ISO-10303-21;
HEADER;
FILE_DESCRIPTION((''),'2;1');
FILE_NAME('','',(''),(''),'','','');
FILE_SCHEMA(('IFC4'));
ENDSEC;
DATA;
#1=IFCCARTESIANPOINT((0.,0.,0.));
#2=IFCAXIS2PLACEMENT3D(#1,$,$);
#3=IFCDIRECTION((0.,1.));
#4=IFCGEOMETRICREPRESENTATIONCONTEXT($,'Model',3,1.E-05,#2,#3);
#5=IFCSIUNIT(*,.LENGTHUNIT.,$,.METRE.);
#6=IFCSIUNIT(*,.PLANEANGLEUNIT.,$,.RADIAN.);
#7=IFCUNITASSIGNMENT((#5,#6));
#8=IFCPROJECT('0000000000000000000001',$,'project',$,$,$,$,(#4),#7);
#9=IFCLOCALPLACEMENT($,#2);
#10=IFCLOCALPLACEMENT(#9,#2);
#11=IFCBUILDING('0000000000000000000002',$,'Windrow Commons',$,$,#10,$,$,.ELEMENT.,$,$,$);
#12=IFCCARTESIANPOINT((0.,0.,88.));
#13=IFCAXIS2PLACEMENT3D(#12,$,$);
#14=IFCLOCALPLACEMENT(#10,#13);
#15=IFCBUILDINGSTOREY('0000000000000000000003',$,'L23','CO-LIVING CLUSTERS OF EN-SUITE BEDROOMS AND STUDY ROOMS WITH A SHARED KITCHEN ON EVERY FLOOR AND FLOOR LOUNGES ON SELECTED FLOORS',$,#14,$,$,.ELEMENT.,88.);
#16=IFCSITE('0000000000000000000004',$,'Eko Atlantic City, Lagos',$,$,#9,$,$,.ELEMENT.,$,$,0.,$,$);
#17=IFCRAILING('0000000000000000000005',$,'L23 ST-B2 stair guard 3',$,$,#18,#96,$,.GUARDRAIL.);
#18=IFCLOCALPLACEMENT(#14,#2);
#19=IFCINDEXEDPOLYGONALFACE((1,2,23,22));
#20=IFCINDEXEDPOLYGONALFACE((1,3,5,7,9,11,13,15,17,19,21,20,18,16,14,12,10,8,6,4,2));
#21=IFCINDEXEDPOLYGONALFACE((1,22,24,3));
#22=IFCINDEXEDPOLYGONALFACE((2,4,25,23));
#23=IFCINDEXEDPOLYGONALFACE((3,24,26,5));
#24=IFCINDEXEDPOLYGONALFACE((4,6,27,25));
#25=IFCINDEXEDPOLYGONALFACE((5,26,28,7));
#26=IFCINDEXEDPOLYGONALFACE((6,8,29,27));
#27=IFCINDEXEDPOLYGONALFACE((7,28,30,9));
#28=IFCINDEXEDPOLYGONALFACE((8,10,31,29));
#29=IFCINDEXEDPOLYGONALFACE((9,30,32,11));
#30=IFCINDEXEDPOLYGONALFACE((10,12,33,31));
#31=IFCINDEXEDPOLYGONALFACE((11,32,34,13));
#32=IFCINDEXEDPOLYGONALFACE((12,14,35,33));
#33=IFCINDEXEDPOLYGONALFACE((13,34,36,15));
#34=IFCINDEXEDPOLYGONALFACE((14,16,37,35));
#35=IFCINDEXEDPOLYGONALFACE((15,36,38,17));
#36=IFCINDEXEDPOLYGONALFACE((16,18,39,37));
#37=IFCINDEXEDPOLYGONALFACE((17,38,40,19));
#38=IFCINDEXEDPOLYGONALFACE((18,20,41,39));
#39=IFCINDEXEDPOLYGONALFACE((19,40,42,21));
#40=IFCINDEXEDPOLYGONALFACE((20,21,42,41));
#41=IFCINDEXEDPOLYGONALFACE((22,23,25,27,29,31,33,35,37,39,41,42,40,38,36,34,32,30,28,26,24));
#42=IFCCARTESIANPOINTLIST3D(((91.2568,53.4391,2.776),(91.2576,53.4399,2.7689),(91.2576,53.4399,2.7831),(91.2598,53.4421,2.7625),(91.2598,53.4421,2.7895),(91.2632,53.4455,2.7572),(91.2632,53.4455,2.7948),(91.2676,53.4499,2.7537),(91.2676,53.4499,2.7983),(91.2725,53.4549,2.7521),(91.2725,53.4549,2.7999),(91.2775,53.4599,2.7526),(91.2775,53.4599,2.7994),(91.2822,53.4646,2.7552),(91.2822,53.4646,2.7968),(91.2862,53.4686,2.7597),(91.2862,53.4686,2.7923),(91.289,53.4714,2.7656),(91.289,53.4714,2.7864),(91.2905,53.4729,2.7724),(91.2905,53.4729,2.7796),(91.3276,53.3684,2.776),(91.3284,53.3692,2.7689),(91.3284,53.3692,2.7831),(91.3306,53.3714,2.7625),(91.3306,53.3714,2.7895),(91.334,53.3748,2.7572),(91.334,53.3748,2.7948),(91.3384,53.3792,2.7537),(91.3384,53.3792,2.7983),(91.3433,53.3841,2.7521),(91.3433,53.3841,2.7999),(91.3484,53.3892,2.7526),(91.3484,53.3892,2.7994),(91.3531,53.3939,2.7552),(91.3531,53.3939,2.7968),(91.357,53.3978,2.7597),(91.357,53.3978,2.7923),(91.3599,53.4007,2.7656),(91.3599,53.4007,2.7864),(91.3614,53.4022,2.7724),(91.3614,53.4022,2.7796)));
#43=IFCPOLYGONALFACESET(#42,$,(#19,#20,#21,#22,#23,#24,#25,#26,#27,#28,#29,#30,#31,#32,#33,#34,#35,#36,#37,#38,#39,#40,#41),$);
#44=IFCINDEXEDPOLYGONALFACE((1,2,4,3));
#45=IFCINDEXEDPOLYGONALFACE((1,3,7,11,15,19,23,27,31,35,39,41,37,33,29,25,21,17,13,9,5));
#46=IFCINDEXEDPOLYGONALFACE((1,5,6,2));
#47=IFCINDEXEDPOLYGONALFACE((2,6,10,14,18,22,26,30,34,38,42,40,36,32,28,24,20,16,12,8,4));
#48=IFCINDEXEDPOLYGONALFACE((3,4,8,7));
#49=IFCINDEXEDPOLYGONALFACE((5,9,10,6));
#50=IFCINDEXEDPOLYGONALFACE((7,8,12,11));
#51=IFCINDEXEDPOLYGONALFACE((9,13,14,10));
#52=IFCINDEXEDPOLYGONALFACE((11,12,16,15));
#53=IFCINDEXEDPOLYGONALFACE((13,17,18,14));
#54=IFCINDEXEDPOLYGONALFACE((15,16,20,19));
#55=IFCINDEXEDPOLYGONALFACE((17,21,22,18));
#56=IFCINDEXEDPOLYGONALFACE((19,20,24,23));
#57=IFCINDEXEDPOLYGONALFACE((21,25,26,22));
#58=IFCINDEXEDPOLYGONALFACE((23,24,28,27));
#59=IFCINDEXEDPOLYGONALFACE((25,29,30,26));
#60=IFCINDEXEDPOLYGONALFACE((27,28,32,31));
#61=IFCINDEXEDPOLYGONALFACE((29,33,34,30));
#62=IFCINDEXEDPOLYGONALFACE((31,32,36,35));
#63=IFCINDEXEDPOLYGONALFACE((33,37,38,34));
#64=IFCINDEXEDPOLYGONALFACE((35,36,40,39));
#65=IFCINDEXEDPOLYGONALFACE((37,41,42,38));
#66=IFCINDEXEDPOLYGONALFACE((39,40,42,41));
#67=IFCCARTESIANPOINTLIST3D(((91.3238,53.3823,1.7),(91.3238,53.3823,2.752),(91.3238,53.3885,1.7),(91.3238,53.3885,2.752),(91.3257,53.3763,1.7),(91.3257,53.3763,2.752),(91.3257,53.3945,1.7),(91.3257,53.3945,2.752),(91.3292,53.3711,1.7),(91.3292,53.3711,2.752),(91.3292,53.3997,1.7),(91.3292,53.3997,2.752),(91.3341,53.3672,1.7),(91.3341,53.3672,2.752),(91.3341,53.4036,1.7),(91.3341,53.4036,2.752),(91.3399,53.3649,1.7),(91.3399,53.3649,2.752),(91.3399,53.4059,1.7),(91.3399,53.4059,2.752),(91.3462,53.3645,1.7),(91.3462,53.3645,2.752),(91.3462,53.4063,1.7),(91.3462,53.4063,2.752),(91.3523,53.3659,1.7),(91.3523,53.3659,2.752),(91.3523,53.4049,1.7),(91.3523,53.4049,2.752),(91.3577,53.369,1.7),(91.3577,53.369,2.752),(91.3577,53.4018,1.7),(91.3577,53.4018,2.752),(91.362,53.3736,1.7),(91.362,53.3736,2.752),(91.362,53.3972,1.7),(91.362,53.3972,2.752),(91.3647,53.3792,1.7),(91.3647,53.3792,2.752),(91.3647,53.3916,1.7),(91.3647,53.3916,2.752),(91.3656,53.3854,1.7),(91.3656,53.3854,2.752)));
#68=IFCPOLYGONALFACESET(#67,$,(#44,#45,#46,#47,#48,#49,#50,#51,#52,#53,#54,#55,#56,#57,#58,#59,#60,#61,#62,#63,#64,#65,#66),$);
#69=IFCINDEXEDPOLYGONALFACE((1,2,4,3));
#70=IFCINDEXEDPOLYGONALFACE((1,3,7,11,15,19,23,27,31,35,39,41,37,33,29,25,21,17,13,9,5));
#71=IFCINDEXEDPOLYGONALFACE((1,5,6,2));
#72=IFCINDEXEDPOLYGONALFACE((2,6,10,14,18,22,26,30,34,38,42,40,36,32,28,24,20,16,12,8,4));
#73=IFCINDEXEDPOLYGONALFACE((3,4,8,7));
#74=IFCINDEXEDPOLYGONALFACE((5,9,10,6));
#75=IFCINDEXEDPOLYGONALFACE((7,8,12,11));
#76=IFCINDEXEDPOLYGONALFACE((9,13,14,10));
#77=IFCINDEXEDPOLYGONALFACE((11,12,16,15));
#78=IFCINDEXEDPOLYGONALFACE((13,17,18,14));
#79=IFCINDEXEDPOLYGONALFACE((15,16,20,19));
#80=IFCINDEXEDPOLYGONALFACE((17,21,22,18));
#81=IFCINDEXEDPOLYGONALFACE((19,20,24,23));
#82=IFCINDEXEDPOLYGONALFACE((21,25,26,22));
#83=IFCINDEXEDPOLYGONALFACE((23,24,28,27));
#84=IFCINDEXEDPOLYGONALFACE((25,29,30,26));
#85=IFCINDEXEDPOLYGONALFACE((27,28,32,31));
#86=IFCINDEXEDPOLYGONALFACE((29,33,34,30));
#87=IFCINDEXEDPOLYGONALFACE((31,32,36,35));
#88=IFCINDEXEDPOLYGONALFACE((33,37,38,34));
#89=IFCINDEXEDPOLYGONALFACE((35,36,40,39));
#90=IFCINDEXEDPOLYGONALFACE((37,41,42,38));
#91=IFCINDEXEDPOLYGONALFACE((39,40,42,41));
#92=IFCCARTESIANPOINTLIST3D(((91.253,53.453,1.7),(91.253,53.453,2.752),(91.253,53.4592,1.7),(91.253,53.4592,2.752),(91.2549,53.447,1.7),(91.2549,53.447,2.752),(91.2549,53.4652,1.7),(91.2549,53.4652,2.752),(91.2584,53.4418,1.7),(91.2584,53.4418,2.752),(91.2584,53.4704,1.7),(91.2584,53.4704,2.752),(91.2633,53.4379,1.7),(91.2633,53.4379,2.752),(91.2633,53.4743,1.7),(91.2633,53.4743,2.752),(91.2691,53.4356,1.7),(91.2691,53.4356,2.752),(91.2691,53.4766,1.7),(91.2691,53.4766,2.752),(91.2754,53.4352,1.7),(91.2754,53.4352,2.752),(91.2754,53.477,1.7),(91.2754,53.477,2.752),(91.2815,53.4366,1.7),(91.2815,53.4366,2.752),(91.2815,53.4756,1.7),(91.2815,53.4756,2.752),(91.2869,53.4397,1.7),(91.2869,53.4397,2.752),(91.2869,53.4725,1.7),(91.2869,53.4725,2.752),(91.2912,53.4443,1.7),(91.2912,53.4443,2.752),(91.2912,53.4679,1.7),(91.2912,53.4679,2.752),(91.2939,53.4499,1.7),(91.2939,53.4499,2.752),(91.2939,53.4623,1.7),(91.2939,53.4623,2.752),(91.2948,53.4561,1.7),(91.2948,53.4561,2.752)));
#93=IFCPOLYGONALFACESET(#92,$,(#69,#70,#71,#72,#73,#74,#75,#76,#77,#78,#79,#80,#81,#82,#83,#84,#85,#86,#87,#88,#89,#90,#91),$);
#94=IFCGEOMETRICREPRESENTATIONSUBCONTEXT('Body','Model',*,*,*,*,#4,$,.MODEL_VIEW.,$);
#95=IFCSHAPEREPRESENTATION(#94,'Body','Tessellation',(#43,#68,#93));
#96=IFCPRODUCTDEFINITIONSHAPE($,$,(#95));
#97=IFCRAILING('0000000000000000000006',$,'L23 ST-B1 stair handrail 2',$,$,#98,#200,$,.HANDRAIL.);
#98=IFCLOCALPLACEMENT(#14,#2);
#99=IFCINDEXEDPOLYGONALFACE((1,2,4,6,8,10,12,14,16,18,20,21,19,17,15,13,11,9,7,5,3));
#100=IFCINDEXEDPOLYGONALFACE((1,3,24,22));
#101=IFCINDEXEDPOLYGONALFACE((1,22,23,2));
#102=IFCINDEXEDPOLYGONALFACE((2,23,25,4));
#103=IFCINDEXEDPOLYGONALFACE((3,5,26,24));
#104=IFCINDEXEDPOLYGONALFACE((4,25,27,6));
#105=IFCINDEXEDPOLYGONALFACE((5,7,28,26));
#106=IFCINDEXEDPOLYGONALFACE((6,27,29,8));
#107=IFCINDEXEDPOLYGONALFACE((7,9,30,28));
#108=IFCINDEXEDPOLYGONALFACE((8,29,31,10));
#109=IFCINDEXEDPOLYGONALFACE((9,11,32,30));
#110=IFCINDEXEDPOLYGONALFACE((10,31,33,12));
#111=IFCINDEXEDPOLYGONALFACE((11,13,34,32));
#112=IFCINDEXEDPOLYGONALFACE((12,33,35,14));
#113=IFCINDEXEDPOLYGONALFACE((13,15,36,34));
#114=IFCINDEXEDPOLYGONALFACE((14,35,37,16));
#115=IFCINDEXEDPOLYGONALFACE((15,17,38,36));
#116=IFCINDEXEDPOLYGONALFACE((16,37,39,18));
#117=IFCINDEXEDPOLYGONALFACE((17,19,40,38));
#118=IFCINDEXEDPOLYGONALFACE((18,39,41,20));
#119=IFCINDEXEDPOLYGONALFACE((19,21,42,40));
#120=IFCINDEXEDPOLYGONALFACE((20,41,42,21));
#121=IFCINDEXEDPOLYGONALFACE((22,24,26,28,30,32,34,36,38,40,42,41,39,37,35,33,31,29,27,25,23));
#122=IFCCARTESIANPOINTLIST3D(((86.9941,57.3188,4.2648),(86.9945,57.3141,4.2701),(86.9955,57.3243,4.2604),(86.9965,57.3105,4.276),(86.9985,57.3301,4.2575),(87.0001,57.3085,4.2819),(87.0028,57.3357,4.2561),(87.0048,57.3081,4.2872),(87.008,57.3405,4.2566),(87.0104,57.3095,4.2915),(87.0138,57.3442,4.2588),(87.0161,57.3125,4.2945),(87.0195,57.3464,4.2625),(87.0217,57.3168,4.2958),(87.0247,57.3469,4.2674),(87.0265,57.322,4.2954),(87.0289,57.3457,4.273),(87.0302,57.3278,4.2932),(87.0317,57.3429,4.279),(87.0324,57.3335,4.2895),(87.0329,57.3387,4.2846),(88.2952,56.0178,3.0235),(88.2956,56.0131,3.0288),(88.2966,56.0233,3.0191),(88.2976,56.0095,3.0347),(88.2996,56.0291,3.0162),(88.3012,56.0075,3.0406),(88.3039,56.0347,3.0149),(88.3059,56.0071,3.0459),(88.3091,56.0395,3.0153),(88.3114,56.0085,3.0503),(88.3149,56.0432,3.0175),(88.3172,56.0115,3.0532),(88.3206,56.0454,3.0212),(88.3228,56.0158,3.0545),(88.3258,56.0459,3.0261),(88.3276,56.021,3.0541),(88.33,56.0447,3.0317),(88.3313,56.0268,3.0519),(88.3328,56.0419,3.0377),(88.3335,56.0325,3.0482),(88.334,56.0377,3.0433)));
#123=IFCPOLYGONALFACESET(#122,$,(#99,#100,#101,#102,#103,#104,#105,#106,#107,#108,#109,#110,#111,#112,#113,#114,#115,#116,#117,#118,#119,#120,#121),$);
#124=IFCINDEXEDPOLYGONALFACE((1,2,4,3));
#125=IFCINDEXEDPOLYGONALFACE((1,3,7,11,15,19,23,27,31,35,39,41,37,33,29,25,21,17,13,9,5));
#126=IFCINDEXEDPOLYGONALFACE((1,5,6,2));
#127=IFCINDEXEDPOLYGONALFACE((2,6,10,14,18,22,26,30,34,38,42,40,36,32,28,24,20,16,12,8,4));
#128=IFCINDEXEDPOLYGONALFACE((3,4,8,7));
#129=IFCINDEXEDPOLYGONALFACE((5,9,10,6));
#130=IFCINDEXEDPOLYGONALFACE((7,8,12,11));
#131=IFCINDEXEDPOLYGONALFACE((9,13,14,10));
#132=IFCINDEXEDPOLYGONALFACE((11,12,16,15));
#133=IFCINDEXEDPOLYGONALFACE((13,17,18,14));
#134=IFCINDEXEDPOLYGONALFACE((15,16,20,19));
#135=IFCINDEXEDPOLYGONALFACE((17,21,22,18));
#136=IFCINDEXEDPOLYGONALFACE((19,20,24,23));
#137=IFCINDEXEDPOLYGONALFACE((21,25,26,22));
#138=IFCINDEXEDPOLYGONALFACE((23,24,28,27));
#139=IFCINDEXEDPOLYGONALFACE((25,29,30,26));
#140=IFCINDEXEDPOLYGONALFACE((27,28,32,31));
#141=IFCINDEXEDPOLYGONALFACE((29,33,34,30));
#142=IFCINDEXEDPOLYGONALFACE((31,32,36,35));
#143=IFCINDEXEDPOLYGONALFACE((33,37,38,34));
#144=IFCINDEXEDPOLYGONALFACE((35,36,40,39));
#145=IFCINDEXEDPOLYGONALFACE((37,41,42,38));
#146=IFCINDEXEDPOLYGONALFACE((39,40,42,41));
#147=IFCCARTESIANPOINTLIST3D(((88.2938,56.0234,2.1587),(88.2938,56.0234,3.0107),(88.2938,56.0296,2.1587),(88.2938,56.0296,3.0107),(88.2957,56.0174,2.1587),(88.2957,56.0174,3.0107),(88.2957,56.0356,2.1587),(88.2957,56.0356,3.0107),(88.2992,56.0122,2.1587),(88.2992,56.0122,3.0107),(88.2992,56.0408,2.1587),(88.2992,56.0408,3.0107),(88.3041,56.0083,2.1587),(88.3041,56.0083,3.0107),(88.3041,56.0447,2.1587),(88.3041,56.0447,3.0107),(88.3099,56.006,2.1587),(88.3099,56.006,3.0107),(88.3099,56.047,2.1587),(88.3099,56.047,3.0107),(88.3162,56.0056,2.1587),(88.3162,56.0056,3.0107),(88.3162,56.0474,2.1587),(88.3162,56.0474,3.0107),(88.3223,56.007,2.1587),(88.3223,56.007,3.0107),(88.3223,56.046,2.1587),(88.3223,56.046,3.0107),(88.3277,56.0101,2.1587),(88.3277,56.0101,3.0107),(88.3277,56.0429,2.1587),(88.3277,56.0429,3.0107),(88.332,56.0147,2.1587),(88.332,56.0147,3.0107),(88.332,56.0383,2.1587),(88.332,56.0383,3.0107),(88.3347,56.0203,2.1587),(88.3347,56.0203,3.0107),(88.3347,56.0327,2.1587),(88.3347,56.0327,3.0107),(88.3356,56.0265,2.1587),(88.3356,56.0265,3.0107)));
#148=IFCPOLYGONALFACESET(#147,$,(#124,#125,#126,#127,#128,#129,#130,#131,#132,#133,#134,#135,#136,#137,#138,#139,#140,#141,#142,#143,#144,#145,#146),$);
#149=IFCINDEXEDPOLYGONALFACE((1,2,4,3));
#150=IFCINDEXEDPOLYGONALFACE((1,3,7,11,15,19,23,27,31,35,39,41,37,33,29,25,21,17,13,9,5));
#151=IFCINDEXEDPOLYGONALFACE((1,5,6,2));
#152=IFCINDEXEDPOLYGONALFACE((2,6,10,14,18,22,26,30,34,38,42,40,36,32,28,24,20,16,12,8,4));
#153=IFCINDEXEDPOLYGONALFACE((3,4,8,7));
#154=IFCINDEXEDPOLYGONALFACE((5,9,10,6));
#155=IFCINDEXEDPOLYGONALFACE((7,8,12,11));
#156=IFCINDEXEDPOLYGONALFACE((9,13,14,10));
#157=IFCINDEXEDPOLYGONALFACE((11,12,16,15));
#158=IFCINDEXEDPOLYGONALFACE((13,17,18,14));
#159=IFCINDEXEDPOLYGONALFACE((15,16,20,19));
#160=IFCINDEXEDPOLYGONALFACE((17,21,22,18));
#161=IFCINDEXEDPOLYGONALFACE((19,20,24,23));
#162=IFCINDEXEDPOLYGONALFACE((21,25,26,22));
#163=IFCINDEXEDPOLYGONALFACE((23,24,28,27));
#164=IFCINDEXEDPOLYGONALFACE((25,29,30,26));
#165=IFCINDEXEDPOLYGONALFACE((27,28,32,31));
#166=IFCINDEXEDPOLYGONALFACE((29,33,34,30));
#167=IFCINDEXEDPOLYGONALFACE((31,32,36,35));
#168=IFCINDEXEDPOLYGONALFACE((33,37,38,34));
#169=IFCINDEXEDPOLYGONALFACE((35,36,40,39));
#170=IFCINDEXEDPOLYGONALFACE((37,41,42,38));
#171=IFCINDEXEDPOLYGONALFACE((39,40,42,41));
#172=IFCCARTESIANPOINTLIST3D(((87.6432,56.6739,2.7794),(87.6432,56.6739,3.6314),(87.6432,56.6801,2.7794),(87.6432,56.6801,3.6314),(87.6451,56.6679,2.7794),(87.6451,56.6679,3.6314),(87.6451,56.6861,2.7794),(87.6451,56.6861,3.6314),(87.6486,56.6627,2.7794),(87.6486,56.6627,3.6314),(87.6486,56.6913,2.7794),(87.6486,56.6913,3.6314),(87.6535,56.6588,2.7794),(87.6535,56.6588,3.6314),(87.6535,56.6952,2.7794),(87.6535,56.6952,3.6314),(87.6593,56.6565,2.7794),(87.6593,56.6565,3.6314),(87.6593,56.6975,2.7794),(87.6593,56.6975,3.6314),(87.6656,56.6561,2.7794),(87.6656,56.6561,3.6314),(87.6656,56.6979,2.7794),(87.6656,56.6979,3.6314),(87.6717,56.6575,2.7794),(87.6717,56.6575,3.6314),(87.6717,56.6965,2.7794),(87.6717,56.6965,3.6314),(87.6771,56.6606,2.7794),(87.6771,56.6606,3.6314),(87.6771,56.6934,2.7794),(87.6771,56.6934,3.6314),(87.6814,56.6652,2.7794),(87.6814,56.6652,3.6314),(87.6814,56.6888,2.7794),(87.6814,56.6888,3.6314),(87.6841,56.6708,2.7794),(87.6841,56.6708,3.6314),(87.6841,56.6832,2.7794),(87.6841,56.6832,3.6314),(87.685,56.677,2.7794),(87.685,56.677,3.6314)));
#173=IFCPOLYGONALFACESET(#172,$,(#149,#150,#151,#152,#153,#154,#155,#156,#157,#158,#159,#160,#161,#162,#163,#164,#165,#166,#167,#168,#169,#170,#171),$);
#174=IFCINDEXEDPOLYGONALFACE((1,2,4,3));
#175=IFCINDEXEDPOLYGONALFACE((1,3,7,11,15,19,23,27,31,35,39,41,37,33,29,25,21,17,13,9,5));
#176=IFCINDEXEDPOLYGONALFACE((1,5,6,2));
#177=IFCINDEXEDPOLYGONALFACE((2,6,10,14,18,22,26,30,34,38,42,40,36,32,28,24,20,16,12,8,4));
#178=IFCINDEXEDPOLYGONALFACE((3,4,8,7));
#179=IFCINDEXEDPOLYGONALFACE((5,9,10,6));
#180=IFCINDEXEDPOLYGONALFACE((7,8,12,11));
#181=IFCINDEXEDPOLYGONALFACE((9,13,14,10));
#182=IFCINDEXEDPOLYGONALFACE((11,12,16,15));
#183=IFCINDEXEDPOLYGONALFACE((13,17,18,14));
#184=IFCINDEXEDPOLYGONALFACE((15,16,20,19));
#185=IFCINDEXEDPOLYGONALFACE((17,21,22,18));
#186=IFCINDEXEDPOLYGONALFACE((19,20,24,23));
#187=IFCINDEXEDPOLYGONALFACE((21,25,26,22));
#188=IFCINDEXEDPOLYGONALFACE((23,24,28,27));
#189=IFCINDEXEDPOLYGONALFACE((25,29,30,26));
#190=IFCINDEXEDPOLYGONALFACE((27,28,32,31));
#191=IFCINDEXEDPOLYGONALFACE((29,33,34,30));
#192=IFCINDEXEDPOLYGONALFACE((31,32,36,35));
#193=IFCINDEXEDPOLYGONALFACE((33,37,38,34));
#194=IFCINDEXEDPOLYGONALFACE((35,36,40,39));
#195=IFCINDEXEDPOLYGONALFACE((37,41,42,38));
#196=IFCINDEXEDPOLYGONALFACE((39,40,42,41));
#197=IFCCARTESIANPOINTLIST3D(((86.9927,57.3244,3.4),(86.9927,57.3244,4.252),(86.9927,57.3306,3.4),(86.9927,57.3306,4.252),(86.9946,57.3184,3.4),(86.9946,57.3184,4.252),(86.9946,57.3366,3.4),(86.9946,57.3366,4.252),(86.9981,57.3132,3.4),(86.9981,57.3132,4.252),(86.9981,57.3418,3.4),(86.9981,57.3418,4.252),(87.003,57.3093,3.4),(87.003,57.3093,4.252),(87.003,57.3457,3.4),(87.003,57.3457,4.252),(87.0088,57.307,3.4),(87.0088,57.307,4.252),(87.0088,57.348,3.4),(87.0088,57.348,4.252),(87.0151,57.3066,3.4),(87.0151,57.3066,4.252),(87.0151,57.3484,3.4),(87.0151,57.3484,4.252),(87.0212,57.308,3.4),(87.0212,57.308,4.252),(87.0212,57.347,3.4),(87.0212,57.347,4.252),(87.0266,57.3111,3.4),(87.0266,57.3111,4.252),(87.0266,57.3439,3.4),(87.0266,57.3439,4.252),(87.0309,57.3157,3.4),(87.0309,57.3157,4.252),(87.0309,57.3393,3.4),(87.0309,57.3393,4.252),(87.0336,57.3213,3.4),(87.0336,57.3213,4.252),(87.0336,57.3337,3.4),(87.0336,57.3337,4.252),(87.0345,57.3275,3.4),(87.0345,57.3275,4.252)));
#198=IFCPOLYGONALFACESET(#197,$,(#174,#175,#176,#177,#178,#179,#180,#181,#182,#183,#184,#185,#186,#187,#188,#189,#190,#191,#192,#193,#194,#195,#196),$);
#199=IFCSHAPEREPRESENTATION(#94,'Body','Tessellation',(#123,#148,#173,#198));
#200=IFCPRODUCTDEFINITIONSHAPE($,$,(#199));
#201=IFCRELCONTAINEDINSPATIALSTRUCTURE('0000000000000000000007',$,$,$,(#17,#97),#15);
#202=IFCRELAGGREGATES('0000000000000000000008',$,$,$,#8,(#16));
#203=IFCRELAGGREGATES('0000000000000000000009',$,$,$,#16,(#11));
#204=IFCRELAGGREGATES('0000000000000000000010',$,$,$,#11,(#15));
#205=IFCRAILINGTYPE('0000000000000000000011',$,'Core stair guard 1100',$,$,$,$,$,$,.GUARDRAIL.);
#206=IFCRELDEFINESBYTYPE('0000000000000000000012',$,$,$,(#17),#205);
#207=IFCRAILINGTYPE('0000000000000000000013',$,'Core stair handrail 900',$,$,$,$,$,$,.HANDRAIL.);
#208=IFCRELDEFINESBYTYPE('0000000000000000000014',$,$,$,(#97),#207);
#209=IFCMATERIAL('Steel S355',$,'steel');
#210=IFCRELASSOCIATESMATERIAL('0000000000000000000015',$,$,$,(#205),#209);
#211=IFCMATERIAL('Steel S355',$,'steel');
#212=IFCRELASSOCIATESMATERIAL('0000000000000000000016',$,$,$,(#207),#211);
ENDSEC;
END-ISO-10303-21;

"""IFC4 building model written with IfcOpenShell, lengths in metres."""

from ifc_helpers import new_model, si_unit, direction, frame, origin, origin_2d, place, context, subcontext, project, spatial, circle, extrude, material, type_object, element, save


model = new_model("IFC4")

# Units and contexts
model_context = context("Model", 3, precision=1e-05, world=origin(), true_north=direction((0.0, 1.0)))
body_context = subcontext(model_context, "Body", "Model", "MODEL_VIEW")
ifc_project = project(units=[si_unit("LENGTHUNIT", "METRE"), si_unit("PLANEANGLEUNIT", "RADIAN")], contexts=[model_context])

# Site, building, storey
site_placement = place(None, origin())
site = spatial("IfcSite", under=ifc_project, at=site_placement, Name="Eko Atlantic City, Lagos", CompositionType="ELEMENT", RefElevation=0.0)
building_placement = place(site_placement, origin())
building = spatial("IfcBuilding", under=site, at=building_placement, Name="Windrow Commons", CompositionType="ELEMENT")
storey_placement = place(building_placement, frame((0.0, 0.0, 88.0)))
storey = spatial("IfcBuildingStorey", under=building, at=storey_placement, Name="L23", Description="CO-LIVING CLUSTERS OF EN-SUITE BEDROOMS AND STUDY ROOMS WITH A SHARED KITCHEN ON EVERY FLOOR AND FLOOR LOUNGES ON SELECTED FLOORS", CompositionType="ELEMENT", Elevation=88.0)

# Railings
ifc_material_1 = material(Name="Steel S355", Category="steel")
railing_type_1 = type_object("IfcRailingType", Name="Core stair guard 1100", PredefinedType="GUARDRAIL", material=ifc_material_1)
railing_1_placement = place(storey_placement, frame((91.3446, 53.3854, 1.7)))
element("IfcRailing", 1, at=railing_1_placement, inside=storey, type_object=railing_type_1, Name="L23 ST-B2 stair guard 3", PredefinedType="GUARDRAIL", context=body_context, shape_type="SweptSolid", body=[
    extrude(circle(Radius=0.024, at=origin_2d()), frame((0.0, 0.0, 1.076), z_axis=(-0.707606, 0.706607, 0.0), x_axis=(-0.706607, -0.707606, 0.0)), (0.0, 0.0, 1.0), 0.1001),
    extrude(circle(Radius=0.021, at=origin_2d()), origin(), (0.0, 0.0, 1.0), 1.052),
    extrude(circle(Radius=0.021, at=origin_2d()), frame((-0.0708, 0.0707, 0.0)), (0.0, 0.0, 1.0), 1.052),
])
ifc_material_2 = material(Name="Steel S355", Category="steel")
railing_type_2 = type_object("IfcRailingType", Name="Core stair handrail 900", PredefinedType="HANDRAIL", material=ifc_material_2)
railing_2_placement = place(storey_placement, frame((88.3146, 56.0265, 2.1587)))
element("IfcRailing", 2, at=railing_2_placement, inside=storey, type_object=railing_type_2, Name="L23 ST-B1 stair handrail 2", PredefinedType="HANDRAIL", context=body_context, shape_type="SweptSolid", body=[
    extrude(circle(Radius=0.024, at=origin_2d()), frame((0.0, 0.0, 0.876), z_axis=(-0.586207, 0.586162, 0.559264), x_axis=(-0.70708, -0.707134, 0.0)), (0.0, 0.0, 1.0), 2.2195),
    extrude(circle(Radius=0.021, at=origin_2d()), origin(), (0.0, 0.0, 1.0), 0.852),
    extrude(circle(Radius=0.021, at=origin_2d()), frame((-0.6506, 0.6505, 0.6207)), (0.0, 0.0, 1.0), 0.852),
    extrude(circle(Radius=0.021, at=origin_2d()), frame((-1.3011, 1.301, 1.2413)), (0.0, 0.0, 1.0), 0.852),
])

save(model, "model.ifc")
